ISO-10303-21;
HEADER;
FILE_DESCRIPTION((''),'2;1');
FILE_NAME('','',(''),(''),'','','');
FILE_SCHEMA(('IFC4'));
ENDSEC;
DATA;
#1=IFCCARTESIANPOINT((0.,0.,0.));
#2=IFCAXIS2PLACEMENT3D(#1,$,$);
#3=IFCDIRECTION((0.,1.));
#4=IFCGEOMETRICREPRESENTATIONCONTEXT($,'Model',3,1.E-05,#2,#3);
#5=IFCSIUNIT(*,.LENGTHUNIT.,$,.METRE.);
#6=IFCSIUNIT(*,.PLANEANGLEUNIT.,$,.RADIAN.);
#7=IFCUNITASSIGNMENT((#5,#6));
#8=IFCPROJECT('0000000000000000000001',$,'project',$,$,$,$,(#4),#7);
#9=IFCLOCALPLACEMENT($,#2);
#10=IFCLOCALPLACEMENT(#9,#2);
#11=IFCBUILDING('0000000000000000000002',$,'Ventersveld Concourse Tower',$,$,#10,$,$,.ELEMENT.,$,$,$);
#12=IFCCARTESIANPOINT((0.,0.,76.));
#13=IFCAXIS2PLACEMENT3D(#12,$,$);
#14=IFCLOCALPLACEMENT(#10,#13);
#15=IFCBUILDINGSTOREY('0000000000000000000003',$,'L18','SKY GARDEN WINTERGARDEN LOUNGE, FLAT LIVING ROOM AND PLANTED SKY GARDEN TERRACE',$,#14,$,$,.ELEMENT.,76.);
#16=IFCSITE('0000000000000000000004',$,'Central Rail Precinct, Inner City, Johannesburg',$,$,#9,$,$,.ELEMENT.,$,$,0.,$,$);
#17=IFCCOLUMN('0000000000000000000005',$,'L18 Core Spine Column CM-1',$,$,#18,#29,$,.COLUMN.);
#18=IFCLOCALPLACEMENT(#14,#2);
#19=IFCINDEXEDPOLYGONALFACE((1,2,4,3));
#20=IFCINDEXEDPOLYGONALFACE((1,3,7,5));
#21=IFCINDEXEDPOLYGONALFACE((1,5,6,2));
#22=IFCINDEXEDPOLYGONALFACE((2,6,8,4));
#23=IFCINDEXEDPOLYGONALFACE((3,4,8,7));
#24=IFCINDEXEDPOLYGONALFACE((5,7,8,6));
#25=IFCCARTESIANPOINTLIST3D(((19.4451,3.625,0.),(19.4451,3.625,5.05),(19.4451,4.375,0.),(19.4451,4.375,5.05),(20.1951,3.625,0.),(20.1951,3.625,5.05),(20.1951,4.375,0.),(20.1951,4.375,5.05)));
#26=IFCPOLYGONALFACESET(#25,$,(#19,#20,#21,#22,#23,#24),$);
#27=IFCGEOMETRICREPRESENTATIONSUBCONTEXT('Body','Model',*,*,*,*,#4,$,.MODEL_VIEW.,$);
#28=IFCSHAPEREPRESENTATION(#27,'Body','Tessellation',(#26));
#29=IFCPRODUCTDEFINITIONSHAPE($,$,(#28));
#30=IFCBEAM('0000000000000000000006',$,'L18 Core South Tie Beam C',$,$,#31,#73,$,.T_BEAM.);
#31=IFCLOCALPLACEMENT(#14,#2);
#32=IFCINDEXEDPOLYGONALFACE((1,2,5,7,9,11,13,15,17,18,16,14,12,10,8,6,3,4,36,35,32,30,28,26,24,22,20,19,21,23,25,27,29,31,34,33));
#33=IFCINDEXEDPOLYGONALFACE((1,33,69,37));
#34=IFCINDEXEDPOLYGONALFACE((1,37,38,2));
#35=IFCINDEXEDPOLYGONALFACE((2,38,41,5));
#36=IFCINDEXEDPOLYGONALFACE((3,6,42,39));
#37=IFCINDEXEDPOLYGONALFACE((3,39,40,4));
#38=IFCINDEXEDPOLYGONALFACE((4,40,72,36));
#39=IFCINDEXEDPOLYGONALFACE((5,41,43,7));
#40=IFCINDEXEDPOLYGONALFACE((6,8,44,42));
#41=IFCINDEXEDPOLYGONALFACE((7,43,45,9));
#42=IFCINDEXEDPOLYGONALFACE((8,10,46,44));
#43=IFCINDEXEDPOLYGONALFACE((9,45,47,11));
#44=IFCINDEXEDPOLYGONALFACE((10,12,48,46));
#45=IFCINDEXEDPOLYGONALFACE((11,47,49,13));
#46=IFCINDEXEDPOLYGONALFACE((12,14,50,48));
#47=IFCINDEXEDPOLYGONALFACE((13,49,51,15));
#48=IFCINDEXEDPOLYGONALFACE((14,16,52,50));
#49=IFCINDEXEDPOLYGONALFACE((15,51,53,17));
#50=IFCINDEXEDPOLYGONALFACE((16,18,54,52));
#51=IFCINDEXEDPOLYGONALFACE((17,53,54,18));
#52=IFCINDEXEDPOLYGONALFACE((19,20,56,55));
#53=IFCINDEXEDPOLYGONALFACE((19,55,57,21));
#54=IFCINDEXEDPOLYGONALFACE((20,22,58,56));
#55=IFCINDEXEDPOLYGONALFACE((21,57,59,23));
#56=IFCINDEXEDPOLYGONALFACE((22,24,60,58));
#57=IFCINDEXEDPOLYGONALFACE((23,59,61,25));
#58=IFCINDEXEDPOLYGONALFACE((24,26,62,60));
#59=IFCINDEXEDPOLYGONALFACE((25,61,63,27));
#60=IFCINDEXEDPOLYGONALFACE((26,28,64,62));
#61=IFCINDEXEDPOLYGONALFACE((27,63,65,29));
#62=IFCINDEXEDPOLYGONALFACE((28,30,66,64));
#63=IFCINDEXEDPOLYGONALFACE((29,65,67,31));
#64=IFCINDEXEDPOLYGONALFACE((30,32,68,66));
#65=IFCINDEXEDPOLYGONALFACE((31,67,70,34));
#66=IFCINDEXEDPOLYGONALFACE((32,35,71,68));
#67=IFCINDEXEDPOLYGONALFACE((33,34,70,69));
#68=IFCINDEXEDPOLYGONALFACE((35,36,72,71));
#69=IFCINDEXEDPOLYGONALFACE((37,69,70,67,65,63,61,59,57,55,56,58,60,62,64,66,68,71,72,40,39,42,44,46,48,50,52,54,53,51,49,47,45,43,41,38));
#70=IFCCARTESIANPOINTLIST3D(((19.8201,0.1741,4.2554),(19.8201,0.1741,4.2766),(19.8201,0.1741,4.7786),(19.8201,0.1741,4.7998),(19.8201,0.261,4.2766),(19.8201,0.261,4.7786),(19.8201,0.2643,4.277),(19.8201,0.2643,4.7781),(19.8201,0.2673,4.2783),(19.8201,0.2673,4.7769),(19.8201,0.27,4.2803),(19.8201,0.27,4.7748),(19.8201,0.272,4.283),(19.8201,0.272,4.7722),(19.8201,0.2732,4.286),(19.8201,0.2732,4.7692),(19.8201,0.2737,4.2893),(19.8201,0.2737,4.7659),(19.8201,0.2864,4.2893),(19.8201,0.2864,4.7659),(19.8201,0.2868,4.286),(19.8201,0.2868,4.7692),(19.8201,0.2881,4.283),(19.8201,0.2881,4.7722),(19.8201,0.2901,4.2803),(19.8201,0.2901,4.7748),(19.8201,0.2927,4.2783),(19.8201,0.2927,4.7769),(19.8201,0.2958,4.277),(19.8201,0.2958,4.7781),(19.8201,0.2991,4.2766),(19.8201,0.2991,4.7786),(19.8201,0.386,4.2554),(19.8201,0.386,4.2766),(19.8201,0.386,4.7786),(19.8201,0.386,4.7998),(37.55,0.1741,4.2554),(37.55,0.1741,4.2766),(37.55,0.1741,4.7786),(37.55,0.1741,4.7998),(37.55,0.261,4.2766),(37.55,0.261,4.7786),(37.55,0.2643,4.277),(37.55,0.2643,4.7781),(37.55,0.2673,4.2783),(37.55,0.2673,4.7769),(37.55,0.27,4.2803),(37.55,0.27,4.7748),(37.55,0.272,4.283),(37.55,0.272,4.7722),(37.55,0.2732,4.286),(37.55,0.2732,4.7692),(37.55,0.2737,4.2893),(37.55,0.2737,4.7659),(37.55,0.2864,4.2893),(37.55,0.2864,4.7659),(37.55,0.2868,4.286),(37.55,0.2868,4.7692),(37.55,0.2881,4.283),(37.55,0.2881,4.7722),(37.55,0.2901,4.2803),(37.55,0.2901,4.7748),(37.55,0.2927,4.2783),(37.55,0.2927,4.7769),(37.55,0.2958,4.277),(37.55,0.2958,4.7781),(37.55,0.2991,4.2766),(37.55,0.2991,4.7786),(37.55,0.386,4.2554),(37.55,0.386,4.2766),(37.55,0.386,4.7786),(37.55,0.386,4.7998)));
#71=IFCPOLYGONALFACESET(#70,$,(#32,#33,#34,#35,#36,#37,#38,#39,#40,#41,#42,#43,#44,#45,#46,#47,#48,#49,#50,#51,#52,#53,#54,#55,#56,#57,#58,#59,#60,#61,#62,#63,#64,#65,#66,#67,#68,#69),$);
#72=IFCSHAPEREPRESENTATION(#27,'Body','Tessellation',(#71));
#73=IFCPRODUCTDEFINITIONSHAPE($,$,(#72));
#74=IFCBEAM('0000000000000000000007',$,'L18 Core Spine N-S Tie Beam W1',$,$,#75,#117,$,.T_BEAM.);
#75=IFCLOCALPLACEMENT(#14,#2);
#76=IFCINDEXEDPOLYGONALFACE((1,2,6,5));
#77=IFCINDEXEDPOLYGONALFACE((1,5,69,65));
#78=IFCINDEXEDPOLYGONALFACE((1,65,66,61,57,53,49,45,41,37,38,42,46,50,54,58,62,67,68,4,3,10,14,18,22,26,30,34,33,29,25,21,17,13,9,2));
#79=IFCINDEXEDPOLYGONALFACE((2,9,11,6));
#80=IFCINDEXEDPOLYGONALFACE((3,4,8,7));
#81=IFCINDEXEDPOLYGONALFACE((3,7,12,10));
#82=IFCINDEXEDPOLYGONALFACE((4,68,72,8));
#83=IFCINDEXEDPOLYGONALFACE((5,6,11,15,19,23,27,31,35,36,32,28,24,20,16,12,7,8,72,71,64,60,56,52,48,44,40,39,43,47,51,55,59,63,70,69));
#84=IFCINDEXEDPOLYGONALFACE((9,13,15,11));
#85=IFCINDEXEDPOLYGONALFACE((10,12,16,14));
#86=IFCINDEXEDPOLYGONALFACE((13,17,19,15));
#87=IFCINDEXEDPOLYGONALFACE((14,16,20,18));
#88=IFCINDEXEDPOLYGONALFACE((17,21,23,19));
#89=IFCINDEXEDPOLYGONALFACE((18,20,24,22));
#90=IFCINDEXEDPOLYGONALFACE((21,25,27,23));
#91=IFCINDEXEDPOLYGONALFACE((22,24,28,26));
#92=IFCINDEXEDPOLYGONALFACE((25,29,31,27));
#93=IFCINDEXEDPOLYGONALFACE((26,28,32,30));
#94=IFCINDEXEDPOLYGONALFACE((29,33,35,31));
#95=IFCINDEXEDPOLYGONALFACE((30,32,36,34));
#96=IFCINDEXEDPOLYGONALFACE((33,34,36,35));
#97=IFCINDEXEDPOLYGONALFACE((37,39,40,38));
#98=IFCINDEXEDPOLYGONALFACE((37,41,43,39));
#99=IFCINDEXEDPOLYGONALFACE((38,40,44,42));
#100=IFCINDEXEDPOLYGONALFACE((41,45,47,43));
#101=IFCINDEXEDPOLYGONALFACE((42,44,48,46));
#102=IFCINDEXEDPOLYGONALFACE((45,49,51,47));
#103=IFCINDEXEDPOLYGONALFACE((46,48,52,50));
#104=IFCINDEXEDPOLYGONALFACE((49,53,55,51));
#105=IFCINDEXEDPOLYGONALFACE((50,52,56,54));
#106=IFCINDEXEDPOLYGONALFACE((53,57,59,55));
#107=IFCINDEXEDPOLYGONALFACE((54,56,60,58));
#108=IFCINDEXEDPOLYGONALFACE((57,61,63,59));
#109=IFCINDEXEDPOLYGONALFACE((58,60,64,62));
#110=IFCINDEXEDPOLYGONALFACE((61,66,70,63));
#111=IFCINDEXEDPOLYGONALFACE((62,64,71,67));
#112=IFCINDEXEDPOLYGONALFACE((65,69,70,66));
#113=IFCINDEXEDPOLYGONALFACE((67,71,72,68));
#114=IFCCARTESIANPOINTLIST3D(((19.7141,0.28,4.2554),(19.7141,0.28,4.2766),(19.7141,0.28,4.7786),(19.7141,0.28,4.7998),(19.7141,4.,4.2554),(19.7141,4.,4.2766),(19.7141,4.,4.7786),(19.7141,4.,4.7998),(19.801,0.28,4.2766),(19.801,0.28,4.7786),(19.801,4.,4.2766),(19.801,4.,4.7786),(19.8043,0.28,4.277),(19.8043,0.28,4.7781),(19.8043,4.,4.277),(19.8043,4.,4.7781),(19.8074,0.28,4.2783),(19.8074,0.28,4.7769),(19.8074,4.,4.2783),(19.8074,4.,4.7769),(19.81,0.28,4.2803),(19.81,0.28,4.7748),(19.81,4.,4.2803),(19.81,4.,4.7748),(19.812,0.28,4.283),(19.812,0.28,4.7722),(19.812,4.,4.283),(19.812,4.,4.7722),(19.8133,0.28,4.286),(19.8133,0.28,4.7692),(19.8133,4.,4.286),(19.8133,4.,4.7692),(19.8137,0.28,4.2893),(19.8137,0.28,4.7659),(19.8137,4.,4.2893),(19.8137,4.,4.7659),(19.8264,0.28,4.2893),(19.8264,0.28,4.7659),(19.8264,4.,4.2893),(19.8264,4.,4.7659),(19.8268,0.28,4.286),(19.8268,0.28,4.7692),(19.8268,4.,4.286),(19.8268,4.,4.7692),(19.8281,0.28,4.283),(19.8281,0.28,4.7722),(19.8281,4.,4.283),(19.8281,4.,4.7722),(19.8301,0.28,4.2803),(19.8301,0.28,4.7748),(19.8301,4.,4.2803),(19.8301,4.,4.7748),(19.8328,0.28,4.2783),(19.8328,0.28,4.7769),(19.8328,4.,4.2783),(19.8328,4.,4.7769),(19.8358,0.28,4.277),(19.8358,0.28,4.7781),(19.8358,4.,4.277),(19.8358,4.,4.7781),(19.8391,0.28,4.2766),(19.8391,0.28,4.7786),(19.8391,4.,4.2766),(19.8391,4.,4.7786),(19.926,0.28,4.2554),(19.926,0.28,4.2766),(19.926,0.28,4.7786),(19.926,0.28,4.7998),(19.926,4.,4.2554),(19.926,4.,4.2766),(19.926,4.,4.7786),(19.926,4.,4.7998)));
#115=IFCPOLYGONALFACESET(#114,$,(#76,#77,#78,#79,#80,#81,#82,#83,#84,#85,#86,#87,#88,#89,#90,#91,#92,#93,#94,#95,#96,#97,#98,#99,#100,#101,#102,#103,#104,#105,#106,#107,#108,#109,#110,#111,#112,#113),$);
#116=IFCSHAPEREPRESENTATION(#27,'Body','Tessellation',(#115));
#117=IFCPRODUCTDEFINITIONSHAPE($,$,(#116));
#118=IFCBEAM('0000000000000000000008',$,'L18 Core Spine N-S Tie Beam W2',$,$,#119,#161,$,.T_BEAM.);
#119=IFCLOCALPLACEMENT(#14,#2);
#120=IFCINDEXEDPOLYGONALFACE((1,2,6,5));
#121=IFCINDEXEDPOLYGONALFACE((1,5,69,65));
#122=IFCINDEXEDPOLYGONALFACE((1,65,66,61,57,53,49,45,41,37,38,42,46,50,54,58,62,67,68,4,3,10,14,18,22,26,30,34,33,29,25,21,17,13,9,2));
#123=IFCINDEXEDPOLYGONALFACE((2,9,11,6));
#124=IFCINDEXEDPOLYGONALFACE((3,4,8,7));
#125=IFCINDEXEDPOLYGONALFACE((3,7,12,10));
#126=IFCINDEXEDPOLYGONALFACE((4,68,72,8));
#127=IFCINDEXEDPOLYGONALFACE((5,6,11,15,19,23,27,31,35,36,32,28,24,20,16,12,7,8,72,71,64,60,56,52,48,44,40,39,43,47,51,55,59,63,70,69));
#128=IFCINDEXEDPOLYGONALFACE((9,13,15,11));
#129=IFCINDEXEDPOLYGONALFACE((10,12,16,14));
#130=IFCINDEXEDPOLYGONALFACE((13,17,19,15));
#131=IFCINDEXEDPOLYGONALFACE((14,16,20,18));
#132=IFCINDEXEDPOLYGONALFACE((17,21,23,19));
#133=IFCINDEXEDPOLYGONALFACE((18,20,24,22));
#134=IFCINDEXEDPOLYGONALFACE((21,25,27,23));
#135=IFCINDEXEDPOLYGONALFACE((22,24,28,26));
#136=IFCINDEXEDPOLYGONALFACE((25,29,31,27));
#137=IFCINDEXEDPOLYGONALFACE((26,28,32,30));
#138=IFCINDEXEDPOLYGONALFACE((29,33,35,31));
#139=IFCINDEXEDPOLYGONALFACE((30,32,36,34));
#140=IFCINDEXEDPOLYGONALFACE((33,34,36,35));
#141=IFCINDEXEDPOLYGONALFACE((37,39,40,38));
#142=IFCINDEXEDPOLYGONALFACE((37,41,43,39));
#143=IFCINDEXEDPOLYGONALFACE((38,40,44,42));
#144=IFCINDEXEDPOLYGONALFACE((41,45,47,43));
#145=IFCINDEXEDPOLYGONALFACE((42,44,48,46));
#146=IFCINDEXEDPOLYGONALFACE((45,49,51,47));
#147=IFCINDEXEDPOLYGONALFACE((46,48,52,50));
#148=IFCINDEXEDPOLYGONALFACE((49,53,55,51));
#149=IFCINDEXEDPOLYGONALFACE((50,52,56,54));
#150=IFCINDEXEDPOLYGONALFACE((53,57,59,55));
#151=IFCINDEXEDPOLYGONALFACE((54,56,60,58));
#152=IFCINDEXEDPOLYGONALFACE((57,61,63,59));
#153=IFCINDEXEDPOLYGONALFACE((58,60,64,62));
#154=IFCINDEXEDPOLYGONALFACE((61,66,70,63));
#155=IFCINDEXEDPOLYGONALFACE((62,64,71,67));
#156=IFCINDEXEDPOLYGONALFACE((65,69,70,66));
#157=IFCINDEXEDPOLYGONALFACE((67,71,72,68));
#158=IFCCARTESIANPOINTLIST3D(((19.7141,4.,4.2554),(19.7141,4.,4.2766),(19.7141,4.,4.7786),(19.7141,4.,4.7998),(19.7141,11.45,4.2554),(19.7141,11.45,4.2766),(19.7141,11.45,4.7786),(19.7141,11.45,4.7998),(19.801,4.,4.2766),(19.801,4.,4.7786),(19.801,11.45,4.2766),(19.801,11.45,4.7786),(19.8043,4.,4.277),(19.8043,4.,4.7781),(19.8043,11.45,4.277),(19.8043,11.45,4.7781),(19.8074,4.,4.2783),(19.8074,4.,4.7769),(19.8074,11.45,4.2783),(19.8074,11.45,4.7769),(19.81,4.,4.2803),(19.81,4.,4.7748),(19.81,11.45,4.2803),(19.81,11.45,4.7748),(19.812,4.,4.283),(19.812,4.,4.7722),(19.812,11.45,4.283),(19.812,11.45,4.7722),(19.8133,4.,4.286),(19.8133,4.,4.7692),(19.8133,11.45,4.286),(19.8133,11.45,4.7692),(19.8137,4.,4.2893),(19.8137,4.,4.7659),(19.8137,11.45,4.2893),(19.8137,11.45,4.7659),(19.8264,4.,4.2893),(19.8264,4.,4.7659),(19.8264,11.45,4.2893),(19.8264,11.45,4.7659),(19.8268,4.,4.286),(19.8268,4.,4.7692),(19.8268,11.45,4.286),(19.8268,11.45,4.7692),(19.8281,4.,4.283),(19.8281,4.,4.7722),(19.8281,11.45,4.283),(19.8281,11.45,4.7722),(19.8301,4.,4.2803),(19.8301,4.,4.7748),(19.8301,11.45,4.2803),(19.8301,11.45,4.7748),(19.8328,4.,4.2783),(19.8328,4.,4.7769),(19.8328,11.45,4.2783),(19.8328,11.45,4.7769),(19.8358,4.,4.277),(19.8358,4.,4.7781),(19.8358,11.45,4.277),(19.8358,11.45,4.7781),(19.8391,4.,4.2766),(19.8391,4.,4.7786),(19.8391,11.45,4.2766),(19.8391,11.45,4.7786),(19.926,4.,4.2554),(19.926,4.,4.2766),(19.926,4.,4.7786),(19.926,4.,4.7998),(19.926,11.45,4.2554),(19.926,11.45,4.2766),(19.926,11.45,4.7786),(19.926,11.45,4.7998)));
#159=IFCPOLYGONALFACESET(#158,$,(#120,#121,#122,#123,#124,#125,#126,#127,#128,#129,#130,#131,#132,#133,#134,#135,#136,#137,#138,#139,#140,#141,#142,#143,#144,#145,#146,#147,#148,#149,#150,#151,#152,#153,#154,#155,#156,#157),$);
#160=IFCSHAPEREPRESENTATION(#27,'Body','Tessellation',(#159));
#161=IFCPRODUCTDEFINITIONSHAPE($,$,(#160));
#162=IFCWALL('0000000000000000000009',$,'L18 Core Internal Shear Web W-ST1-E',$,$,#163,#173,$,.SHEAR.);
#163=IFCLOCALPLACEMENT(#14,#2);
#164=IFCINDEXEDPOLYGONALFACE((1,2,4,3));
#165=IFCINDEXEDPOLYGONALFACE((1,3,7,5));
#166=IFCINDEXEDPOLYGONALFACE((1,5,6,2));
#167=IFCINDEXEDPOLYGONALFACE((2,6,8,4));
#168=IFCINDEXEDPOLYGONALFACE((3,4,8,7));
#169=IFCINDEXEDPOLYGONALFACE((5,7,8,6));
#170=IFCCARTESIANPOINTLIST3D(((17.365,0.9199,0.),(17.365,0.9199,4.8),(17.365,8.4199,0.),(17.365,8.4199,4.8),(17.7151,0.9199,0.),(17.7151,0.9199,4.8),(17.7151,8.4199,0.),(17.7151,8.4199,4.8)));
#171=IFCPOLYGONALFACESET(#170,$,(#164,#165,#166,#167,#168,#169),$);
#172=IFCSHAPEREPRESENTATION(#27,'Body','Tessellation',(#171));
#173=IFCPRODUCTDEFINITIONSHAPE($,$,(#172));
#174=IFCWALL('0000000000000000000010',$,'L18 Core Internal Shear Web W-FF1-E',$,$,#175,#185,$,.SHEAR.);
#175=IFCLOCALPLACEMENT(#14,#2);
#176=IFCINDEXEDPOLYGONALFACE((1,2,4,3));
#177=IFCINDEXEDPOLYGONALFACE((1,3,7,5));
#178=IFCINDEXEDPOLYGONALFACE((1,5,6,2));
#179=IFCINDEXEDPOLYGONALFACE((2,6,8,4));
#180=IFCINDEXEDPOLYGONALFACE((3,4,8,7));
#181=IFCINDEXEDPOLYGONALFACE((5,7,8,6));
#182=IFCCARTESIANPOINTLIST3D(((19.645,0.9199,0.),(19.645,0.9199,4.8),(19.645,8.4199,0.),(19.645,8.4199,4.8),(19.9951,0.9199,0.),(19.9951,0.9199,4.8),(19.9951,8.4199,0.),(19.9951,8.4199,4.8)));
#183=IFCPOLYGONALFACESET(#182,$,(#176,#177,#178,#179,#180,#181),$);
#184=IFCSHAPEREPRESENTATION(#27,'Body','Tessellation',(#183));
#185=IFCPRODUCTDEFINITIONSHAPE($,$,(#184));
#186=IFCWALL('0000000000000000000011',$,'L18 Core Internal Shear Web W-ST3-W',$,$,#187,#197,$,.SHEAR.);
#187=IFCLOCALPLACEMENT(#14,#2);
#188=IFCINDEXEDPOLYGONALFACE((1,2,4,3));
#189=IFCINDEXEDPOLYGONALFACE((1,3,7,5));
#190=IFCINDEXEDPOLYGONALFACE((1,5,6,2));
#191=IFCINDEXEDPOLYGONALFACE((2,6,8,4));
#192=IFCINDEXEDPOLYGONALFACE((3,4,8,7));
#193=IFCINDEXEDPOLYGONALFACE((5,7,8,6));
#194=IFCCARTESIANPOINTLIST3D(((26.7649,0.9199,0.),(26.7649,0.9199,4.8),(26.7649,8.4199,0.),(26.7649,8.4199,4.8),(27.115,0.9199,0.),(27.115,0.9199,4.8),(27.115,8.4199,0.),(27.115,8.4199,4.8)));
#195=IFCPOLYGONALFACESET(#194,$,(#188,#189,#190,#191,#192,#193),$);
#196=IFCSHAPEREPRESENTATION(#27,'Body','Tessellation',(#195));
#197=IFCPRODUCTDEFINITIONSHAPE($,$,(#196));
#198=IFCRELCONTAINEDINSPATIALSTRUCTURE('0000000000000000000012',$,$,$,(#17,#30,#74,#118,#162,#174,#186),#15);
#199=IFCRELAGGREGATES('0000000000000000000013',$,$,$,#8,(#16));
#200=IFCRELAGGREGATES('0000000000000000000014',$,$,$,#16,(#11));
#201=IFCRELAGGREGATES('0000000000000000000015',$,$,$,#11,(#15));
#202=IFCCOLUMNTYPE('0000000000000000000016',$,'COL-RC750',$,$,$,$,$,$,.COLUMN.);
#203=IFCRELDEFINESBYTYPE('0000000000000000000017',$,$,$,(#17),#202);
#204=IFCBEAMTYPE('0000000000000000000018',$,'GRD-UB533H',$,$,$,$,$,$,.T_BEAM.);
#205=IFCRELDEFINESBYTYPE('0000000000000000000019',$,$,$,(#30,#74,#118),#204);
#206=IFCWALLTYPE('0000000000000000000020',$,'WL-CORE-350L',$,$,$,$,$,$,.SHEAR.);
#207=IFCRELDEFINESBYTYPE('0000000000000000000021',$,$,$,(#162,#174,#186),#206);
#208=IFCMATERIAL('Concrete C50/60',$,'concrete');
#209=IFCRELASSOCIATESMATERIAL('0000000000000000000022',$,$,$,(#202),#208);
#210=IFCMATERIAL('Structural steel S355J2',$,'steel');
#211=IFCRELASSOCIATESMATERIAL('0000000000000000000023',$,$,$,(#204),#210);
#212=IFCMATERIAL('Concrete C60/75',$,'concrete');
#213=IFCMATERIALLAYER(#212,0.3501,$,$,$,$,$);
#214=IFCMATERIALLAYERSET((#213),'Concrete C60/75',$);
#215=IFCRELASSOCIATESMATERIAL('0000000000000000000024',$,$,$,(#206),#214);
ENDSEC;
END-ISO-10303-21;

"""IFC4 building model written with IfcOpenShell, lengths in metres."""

from ifc_helpers import new_model, si_unit, direction, frame, frame_2d, origin, origin_2d, place, context, subcontext, project, spatial, rectangle, i_section, extrude, material, layer, layer_set, material_profile, profile_set, type_object, element, save


model = new_model("IFC4")

# Units and contexts
model_context = context("Model", 3, precision=1e-05, world=origin(), true_north=direction((0.0, 1.0)))
body_context = subcontext(model_context, "Body", "Model", "MODEL_VIEW")
ifc_project = project(units=[si_unit("LENGTHUNIT", "METRE"), si_unit("PLANEANGLEUNIT", "RADIAN")], contexts=[model_context])

# Site, building, storey
site_placement = place(None, origin())
site = spatial("IfcSite", under=ifc_project, at=site_placement, Name="Central Rail Precinct, Inner City, Johannesburg", CompositionType="ELEMENT", RefElevation=0.0)
building_placement = place(site_placement, origin())
building = spatial("IfcBuilding", under=site, at=building_placement, Name="Ventersveld Concourse Tower", CompositionType="ELEMENT")
storey_placement = place(building_placement, frame((0.0, 0.0, 76.0)))
storey = spatial("IfcBuildingStorey", under=building, at=storey_placement, Name="L18", Description="SKY GARDEN WINTERGARDEN LOUNGE, FLAT LIVING ROOM AND PLANTED SKY GARDEN TERRACE", CompositionType="ELEMENT", Elevation=76.0)

# Column
ifc_material_1 = material(Name="Concrete C50/60", Category="concrete")
ifc_material_profile_1 = material_profile(ifc_material_1, rectangle(XDim=0.75, YDim=0.75, at=origin_2d()), Name="RC 750x750")
ifc_profile_set_1 = profile_set([ifc_material_profile_1], Name="Concrete C50/60")
column_type = type_object("IfcColumnType", Name="COL-RC750", PredefinedType="COLUMN", material=ifc_profile_set_1)
column_placement = place(storey_placement, frame((19.8201, 4.0, 0.0), z_axis=(0.0, 0.0, 1.0), x_axis=(1.0, 0.0, 0.0)))
element("IfcColumn", 1, at=column_placement, inside=storey, type_object=column_type, Name="L18 Core Spine Column CM-1", PredefinedType="COLUMN", context=body_context, shape_type="SweptSolid", body=[
    extrude(rectangle(XDim=0.75, YDim=0.75, at=origin_2d()), origin(), (0.0, 0.0, 1.0), 5.05),
])

# Beams
ifc_material_2 = material(Name="Structural steel S355J2", Category="steel")
ifc_material_profile_2 = material_profile(ifc_material_2, i_section(OverallWidth=0.2119, OverallDepth=0.5444, WebThickness=0.0127, FlangeThickness=0.0212, FilletRadius=0.0127, at=origin_2d()), Name="UB 533x210x122")
ifc_profile_set_2 = profile_set([ifc_material_profile_2], Name="Structural steel S355J2")
beam_type = type_object("IfcBeamType", Name="GRD-UB533H", PredefinedType="T_BEAM", material=ifc_profile_set_2)
beam_1_placement = place(storey_placement, frame((19.8201, 0.28, 4.5276), z_axis=(1.0, 0.0, 0.0), x_axis=(0.0, 1.0, 0.0)))
element("IfcBeam", 2, at=beam_1_placement, inside=storey, type_object=beam_type, Name="L18 Core South Tie Beam C", PredefinedType="T_BEAM", context=body_context, shape_type="SweptSolid", body=[
    extrude(i_section(OverallWidth=0.2119, OverallDepth=0.5444, WebThickness=0.0127, FlangeThickness=0.0212, FilletRadius=0.0127, at=origin_2d()), origin(), (0.0, 0.0, 1.0), 17.73),
])
beam_2_placement = place(storey_placement, frame((19.8201, 0.28, 4.5276), z_axis=(0.0, 1.0, 0.0), x_axis=(-1.0, 0.0, 0.0)))
element("IfcBeam", 3, at=beam_2_placement, inside=storey, type_object=beam_type, Name="L18 Core Spine N-S Tie Beam W1", PredefinedType="T_BEAM", context=body_context, shape_type="SweptSolid", body=[
    extrude(i_section(OverallWidth=0.2119, OverallDepth=0.5444, WebThickness=0.0127, FlangeThickness=0.0212, FilletRadius=0.0127, at=origin_2d()), origin(), (0.0, 0.0, 1.0), 3.72),
])
beam_3_placement = place(storey_placement, frame((19.8201, 4.0, 4.5276), z_axis=(0.0, 1.0, 0.0), x_axis=(-1.0, 0.0, 0.0)))
element("IfcBeam", 4, at=beam_3_placement, inside=storey, type_object=beam_type, Name="L18 Core Spine N-S Tie Beam W2", PredefinedType="T_BEAM", context=body_context, shape_type="SweptSolid", body=[
    extrude(i_section(OverallWidth=0.2119, OverallDepth=0.5444, WebThickness=0.0127, FlangeThickness=0.0212, FilletRadius=0.0127, at=origin_2d()), origin(), (0.0, 0.0, 1.0), 7.45),
])

# Walls
ifc_material_3 = material(Name="Concrete C60/75", Category="concrete")
ifc_layer_1 = layer(ifc_material_3, 0.3501)
ifc_layer_set_1 = layer_set([ifc_layer_1], Name="Concrete C60/75")
wall_type_1 = type_object("IfcWallType", Name="WL-CORE-350L", PredefinedType="SHEAR", material=ifc_layer_set_1)
for number, where, z_axis, x_axis, name in (
    (5, (17.54, 0.9199, 0.0), (0.0, 0.0, 1.0), (0.0, 1.0, 0.0), "L18 Core Internal Shear Web W-ST1-E"),
    (6, (19.8201, 0.9199, 0.0), (0.0, 0.0, 1.0), (0.0, 1.0, 0.0), "L18 Core Internal Shear Web W-FF1-E"),
    (7, (26.9399, 0.9199, 0.0), (0.0, 0.0, 1.0), (0.0, 1.0, 0.0), "L18 Core Internal Shear Web W-ST3-W"),
):
    element("IfcWall", number, at=place(storey_placement, frame(where, z_axis=z_axis, x_axis=x_axis)), inside=storey, type_object=wall_type_1, Name=name, PredefinedType="SHEAR", context=body_context, shape_type="SweptSolid", body=[
        extrude(rectangle(XDim=7.5, YDim=0.3501, at=frame_2d((3.75, 0.0))), origin(), (0.0, 0.0, 1.0), 4.8),
    ])

save(model, "model.ifc")
